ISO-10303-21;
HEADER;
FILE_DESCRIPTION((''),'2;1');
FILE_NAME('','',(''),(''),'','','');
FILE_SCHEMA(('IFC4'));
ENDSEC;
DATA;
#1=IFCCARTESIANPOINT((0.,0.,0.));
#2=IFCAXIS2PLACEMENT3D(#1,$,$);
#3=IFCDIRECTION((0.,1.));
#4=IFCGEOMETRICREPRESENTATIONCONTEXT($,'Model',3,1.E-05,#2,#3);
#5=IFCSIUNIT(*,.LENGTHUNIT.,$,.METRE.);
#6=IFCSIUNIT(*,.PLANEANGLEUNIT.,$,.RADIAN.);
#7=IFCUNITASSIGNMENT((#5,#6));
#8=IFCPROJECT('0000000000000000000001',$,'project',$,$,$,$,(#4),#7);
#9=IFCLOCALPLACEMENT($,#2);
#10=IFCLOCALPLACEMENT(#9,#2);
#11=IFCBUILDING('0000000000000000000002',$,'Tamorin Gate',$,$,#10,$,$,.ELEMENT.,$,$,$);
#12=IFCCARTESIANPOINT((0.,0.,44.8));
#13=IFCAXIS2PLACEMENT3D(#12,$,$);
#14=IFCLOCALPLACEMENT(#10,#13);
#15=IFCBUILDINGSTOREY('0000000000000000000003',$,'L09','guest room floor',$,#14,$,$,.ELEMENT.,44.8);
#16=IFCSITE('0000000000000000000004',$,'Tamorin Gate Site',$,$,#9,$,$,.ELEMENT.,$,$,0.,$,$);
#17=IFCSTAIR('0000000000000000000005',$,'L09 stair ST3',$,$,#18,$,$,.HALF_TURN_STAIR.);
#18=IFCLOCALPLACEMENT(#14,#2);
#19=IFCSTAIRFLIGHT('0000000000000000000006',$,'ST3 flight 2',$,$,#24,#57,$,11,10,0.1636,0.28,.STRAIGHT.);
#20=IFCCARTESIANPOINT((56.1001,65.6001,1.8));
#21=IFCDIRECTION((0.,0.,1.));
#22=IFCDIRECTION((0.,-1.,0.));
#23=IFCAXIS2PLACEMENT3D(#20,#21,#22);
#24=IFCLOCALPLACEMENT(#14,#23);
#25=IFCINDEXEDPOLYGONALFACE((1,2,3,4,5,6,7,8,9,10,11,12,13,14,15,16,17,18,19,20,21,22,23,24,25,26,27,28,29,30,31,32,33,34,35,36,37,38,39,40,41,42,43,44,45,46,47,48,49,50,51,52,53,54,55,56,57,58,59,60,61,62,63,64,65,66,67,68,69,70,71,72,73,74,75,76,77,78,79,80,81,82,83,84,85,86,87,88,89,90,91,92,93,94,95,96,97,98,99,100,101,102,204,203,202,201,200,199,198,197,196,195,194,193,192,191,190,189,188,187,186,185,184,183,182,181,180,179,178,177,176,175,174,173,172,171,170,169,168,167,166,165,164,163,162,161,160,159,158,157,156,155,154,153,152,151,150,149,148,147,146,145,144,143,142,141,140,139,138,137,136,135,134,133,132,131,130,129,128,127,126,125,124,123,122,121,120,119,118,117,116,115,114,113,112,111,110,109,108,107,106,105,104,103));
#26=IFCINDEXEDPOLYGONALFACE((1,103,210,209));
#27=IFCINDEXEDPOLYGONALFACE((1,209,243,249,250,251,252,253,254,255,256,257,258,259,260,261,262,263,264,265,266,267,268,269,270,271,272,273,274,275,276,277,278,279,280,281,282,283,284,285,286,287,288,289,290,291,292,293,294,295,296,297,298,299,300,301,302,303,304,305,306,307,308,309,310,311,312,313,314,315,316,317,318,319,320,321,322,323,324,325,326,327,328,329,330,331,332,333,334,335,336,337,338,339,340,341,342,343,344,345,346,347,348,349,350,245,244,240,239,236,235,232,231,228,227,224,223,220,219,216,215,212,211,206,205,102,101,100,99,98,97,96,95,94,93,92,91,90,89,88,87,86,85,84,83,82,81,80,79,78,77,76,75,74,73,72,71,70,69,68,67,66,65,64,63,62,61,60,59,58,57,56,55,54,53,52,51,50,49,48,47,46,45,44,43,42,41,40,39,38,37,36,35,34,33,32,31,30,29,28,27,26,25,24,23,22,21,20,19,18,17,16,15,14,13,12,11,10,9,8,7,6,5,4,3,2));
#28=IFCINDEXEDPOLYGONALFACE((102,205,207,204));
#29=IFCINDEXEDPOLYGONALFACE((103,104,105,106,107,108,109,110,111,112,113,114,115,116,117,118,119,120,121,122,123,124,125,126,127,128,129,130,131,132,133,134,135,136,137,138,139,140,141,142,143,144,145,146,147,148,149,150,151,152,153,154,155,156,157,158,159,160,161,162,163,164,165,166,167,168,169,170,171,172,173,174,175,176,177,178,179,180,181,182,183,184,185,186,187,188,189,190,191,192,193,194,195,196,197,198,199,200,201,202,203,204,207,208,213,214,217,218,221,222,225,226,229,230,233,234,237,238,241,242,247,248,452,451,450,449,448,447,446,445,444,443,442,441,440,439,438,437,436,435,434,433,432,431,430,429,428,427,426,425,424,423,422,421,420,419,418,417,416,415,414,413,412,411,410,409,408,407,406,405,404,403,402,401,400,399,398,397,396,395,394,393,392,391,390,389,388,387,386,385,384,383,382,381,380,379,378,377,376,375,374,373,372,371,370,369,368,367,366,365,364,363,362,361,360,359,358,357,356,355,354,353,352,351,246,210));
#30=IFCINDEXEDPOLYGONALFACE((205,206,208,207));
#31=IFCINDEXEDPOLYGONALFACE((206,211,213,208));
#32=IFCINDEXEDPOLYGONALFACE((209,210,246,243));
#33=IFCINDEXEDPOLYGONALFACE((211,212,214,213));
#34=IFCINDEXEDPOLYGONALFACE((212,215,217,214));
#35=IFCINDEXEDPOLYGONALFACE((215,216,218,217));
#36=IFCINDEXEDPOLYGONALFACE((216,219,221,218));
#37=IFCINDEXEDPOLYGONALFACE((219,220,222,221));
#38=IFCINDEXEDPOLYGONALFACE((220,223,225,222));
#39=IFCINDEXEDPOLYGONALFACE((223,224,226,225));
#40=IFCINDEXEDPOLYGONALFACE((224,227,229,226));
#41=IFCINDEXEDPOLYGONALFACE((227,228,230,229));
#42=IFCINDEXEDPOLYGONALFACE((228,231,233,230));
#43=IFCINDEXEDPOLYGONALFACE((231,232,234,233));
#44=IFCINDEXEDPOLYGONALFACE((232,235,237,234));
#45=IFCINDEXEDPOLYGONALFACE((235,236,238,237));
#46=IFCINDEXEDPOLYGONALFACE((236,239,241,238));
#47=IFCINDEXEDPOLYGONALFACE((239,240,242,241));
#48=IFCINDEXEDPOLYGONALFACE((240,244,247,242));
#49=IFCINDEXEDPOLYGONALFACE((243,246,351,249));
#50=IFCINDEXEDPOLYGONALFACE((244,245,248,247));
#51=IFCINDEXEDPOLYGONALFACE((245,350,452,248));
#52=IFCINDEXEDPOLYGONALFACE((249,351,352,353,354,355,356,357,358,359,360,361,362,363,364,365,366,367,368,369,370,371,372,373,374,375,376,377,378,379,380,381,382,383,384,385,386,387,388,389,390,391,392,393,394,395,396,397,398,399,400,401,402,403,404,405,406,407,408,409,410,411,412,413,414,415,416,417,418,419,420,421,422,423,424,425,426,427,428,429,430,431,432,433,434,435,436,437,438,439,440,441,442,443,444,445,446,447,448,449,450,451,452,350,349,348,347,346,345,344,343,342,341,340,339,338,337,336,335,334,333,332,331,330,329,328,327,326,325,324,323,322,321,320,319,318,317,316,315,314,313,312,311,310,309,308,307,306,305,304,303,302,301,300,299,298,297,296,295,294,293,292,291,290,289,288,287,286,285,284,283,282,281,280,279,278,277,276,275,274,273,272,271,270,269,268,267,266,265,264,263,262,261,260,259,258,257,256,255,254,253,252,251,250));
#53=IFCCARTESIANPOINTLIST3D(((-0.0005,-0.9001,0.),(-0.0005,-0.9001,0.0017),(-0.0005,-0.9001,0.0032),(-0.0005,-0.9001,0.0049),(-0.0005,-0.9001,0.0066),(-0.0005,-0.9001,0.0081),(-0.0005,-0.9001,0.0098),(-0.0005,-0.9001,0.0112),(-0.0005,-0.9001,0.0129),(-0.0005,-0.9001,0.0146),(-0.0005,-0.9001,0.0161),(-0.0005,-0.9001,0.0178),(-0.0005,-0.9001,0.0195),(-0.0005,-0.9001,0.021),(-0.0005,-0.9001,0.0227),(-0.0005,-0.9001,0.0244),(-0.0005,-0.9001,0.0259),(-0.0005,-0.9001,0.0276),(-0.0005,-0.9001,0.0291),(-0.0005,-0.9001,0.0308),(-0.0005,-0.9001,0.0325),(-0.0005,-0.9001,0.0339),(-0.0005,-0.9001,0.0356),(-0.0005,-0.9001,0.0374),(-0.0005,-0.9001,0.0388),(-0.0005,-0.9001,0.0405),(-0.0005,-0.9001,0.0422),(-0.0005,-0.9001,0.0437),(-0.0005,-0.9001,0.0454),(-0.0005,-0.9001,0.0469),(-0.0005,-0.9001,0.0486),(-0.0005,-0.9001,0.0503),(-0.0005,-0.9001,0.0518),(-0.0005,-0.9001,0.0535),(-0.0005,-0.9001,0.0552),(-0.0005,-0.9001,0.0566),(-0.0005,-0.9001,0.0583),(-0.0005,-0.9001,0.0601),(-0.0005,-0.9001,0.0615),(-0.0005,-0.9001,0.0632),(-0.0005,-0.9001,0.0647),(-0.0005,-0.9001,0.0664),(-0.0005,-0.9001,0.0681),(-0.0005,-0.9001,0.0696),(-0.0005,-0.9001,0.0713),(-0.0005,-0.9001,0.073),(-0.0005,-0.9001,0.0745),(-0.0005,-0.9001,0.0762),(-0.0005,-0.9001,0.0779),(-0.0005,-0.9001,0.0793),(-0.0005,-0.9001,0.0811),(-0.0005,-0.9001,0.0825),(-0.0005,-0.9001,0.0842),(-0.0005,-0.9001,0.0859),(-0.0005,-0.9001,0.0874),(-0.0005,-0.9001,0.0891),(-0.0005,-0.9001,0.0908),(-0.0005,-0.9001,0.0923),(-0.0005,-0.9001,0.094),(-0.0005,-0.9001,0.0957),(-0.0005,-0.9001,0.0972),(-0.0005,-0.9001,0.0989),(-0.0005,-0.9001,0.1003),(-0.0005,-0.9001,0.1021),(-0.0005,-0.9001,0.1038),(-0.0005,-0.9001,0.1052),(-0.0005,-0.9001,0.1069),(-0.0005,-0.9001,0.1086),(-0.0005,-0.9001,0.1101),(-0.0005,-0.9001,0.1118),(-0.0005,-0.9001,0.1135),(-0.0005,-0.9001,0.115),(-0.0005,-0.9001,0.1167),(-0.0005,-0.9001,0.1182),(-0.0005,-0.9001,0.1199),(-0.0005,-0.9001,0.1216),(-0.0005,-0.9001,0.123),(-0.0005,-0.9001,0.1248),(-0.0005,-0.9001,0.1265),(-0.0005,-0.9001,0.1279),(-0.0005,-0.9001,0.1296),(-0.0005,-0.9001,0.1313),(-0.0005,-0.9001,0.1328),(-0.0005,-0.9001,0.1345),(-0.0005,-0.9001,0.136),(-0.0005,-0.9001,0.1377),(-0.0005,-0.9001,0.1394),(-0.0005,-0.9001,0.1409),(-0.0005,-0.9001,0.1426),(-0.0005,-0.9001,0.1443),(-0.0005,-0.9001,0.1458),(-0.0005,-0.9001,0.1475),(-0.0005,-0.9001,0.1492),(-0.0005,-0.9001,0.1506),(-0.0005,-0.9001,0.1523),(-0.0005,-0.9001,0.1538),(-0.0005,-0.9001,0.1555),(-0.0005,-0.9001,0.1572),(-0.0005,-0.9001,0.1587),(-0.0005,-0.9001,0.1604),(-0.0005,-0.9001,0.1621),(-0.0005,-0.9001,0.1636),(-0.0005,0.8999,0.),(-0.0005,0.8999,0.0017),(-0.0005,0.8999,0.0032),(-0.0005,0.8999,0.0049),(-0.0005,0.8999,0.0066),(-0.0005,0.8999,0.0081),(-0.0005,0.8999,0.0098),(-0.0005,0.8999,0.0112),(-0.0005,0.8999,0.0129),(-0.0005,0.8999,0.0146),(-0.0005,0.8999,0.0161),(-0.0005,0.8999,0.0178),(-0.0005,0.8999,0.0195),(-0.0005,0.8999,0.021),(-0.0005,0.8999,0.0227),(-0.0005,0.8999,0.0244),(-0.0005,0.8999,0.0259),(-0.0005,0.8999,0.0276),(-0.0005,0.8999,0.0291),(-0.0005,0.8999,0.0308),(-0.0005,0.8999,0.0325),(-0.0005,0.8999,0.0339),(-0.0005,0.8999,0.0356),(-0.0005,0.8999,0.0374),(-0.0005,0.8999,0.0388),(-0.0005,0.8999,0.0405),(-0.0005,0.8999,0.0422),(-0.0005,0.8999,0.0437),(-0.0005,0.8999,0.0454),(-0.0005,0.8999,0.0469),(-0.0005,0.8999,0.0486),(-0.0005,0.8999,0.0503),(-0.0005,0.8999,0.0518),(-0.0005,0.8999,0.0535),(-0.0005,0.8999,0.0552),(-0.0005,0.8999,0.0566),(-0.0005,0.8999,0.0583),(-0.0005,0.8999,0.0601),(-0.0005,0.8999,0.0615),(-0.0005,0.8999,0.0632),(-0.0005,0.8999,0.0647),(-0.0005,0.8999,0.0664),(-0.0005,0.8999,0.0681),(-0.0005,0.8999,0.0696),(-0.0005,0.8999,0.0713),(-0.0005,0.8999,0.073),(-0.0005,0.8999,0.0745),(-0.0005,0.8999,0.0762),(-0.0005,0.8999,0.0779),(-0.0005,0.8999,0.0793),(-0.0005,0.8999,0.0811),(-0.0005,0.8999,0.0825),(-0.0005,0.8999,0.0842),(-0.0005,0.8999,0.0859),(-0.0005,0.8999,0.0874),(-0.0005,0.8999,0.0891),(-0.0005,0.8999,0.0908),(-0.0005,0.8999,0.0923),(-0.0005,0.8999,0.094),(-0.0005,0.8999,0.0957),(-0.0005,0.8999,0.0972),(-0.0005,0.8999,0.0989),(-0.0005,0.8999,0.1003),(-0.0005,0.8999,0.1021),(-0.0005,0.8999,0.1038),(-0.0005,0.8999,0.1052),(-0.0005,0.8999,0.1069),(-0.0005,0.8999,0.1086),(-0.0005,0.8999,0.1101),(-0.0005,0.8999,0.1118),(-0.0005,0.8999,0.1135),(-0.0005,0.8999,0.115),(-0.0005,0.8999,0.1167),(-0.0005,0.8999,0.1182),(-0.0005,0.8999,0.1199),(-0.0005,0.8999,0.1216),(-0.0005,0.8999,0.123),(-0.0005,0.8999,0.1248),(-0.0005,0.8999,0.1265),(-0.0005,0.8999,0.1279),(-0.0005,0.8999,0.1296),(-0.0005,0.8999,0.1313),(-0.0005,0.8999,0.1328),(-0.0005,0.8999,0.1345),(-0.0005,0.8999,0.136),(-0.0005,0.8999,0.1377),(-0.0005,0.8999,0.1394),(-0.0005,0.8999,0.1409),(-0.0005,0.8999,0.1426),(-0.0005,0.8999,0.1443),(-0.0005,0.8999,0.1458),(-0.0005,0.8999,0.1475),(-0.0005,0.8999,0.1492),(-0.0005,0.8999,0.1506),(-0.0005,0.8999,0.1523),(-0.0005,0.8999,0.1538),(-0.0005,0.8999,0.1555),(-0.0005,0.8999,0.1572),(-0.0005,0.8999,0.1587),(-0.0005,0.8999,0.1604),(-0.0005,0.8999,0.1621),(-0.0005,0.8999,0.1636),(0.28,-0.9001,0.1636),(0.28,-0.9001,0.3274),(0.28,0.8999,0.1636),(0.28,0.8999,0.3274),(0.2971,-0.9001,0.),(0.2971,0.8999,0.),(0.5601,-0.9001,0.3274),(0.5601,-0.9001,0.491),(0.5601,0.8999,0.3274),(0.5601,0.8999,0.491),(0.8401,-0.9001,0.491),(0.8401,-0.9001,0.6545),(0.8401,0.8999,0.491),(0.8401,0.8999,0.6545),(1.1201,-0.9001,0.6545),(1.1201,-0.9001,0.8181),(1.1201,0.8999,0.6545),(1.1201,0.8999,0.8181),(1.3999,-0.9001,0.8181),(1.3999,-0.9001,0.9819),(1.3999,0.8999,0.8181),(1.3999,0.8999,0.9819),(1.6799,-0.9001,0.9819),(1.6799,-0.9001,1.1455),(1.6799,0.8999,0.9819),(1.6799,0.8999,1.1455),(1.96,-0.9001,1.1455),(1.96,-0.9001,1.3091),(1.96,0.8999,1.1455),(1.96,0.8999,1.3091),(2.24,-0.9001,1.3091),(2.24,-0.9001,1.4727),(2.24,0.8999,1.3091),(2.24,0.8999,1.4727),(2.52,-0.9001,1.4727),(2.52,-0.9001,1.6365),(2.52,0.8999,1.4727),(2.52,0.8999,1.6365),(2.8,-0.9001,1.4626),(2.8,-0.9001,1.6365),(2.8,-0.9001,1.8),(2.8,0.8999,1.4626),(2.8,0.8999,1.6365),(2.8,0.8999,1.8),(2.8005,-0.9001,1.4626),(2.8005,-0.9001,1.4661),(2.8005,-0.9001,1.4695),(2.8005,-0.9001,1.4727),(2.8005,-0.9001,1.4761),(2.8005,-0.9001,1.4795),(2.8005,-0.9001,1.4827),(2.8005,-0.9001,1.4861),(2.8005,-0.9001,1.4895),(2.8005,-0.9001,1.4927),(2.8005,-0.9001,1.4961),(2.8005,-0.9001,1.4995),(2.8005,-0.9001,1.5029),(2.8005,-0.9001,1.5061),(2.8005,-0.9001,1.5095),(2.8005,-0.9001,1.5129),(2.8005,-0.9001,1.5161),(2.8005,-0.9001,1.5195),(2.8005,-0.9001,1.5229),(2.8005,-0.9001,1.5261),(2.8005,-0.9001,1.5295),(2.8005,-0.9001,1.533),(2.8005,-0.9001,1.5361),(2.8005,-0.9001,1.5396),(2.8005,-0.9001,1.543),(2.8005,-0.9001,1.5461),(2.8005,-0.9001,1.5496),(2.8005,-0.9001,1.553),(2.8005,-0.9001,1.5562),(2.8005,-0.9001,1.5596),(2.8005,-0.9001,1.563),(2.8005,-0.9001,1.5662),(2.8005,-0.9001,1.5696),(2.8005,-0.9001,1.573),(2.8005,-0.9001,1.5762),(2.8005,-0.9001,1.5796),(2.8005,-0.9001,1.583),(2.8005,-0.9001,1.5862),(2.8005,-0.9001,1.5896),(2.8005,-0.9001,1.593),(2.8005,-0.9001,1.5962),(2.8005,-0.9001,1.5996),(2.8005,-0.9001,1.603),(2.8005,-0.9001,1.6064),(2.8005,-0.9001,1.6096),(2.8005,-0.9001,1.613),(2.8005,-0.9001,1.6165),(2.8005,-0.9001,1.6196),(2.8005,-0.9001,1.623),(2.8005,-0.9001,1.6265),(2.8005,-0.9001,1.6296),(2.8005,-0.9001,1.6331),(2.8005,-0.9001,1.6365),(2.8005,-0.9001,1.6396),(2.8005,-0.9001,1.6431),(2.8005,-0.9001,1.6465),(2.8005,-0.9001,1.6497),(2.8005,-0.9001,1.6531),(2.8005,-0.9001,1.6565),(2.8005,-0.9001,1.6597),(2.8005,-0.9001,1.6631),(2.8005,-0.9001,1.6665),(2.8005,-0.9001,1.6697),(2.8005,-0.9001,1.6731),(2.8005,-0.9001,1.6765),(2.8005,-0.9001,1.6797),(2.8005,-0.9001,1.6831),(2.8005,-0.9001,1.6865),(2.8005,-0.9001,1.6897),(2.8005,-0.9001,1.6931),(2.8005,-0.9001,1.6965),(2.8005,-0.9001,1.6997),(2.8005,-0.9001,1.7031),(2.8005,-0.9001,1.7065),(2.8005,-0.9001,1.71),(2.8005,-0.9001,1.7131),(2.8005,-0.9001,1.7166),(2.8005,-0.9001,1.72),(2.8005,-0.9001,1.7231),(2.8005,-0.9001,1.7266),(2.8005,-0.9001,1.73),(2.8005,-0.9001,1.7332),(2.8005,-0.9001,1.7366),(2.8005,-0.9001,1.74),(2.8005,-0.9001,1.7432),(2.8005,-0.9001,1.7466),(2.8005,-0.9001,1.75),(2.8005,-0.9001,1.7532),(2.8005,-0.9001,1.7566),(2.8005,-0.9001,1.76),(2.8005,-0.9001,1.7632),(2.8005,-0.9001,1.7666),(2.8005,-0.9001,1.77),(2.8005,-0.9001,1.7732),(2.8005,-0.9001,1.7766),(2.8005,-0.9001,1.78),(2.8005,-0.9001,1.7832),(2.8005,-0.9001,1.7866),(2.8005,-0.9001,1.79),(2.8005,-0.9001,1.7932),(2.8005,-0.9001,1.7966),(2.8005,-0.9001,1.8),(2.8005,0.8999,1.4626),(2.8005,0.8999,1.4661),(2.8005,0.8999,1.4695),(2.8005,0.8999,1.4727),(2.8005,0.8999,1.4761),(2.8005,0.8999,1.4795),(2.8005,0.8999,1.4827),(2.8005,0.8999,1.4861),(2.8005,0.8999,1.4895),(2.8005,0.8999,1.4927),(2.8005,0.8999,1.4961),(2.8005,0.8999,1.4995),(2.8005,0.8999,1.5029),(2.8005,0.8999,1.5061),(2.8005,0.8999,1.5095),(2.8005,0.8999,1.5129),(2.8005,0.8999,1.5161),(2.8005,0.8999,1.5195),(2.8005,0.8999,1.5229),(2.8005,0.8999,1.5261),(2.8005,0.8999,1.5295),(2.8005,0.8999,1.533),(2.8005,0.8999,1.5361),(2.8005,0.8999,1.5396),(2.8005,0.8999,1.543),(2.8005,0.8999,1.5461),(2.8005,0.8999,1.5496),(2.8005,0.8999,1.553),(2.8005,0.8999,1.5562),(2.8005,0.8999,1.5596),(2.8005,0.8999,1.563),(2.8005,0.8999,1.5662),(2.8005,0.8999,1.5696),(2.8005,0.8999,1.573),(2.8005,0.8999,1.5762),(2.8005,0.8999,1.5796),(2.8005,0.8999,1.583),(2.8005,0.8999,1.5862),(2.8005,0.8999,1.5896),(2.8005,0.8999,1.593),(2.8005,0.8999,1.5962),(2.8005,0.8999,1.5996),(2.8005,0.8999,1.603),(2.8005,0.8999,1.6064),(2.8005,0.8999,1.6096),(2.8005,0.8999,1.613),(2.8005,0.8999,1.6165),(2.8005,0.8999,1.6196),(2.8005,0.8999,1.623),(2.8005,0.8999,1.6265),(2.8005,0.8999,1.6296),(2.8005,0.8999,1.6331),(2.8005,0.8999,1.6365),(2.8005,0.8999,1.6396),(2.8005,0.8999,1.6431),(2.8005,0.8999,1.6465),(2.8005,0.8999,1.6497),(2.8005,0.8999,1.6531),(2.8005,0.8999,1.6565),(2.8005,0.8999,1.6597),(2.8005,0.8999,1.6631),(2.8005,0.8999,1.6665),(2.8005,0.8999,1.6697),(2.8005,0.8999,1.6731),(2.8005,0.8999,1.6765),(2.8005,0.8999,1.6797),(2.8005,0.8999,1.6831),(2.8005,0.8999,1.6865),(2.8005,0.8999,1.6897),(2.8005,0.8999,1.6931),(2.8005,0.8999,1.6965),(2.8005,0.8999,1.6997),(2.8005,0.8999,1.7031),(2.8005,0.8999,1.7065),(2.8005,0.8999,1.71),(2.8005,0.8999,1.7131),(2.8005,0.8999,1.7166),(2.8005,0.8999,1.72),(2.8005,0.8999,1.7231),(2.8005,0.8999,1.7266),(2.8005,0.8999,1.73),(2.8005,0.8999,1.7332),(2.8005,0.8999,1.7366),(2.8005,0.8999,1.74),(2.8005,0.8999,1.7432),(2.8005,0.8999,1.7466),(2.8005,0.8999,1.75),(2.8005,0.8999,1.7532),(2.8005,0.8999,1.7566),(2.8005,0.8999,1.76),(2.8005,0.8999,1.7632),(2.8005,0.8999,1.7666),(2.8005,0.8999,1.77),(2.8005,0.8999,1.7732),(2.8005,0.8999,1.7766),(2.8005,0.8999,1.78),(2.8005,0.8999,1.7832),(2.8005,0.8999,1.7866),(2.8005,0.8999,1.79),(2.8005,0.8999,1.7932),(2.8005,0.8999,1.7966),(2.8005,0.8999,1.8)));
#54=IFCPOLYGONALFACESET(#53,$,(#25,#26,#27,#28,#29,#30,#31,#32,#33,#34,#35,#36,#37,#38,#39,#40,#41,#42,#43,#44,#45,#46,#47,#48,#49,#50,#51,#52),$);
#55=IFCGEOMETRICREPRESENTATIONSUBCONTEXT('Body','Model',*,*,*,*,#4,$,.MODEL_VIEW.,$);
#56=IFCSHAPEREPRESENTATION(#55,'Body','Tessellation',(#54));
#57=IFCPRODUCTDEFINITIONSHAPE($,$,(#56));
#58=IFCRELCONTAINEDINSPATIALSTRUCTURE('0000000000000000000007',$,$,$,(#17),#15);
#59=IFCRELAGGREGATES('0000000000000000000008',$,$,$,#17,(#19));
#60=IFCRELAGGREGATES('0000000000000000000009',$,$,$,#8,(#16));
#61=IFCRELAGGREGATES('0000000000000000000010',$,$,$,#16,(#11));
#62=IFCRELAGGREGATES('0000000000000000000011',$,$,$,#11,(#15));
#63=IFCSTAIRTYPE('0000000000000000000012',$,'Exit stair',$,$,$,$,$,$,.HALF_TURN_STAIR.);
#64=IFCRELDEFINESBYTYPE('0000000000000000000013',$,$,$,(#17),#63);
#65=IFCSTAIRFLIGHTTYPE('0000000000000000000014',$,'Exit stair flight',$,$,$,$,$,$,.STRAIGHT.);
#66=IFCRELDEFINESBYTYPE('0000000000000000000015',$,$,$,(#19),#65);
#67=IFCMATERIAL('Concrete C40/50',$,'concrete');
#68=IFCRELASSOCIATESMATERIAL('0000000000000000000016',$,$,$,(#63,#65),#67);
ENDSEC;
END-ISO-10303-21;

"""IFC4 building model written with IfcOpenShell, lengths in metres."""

from ifc_helpers import new_model, si_unit, direction, frame, origin, place, context, subcontext, project, spatial, polyline, outline, extrude, material, type_object, element, aggregate, save


model = new_model("IFC4")

# Units and contexts
model_context = context("Model", 3, precision=1e-05, world=origin(), true_north=direction((0.0, 1.0)))
body_context = subcontext(model_context, "Body", "Model", "MODEL_VIEW")
ifc_project = project(units=[si_unit("LENGTHUNIT", "METRE"), si_unit("PLANEANGLEUNIT", "RADIAN")], contexts=[model_context])

# Site, building, storey
site_placement = place(None, origin())
site = spatial("IfcSite", under=ifc_project, at=site_placement, Name="Tamorin Gate Site", CompositionType="ELEMENT", RefElevation=0.0)
building_placement = place(site_placement, origin())
building = spatial("IfcBuilding", under=site, at=building_placement, Name="Tamorin Gate", CompositionType="ELEMENT")
storey_placement = place(building_placement, frame((0.0, 0.0, 44.8)))
storey = spatial("IfcBuildingStorey", under=building, at=storey_placement, Name="L09", Description="guest room floor", CompositionType="ELEMENT", Elevation=44.8)

# Shared definitions
ifc_material_1 = material(Name="Concrete C40/50", Category="concrete")

# Stair, stair flight
stair_type = type_object("IfcStairType", Name="Exit stair", PredefinedType="HALF_TURN_STAIR", material=ifc_material_1)
stair_placement = place(storey_placement, origin())
stair = element("IfcStair", 1, at=stair_placement, inside=storey, type_object=stair_type, Name="L09 stair ST3", PredefinedType="HALF_TURN_STAIR")
stair_flight_type = type_object("IfcStairFlightType", Name="Exit stair flight", PredefinedType="STRAIGHT", material=ifc_material_1)
stair_flight_1_placement = place(storey_placement, frame((56.1001, 65.6001, 1.8), z_axis=(0.0, 0.0, 1.0), x_axis=(0.0, -1.0, 0.0)))
stair_flight_1 = element("IfcStairFlight", 2, at=stair_flight_1_placement, type_object=stair_flight_type, Name="ST3 flight 2", NumberOfRisers=11, NumberOfTreads=10, PredefinedType="STRAIGHT", RiserHeight=0.1636, TreadLength=0.28, context=body_context, shape_type="SweptSolid", body=[
    extrude(outline(polyline([(-0.0005, 0.0), (-0.0005, 0.0017), (-0.0005, 0.0032), (-0.0005, 0.0049), (-0.0005, 0.0066), (-0.0005, 0.0081), (-0.0005, 0.0098), (-0.0005, 0.0112), (-0.0005, 0.0129), (-0.0005, 0.0146), (-0.0005, 0.0161), (-0.0005, 0.0178), (-0.0005, 0.0195), (-0.0005, 0.021), (-0.0005, 0.0227), (-0.0005, 0.0244), (-0.0005, 0.0259), (-0.0005, 0.0276), (-0.0005, 0.0291), (-0.0005, 0.0308), (-0.0005, 0.0325), (-0.0005, 0.0339), (-0.0005, 0.0356), (-0.0005, 0.0374), (-0.0005, 0.0388), (-0.0005, 0.0405), (-0.0005, 0.0422), (-0.0005, 0.0437), (-0.0005, 0.0454), (-0.0005, 0.0469), (-0.0005, 0.0486), (-0.0005, 0.0503), (-0.0005, 0.0518), (-0.0005, 0.0535), (-0.0005, 0.0552), (-0.0005, 0.0566), (-0.0005, 0.0583), (-0.0005, 0.0601), (-0.0005, 0.0615), (-0.0005, 0.0632), (-0.0005, 0.0647), (-0.0005, 0.0664), (-0.0005, 0.0681), (-0.0005, 0.0696), (-0.0005, 0.0713), (-0.0005, 0.073), (-0.0005, 0.0745), (-0.0005, 0.0762), (-0.0005, 0.0779), (-0.0005, 0.0793), (-0.0005, 0.0811), (-0.0005, 0.0825), (-0.0005, 0.0842), (-0.0005, 0.0859), (-0.0005, 0.0874), (-0.0005, 0.0891), (-0.0005, 0.0908), (-0.0005, 0.0923), (-0.0005, 0.094), (-0.0005, 0.0957), (-0.0005, 0.0972), (-0.0005, 0.0989), (-0.0005, 0.1003), (-0.0005, 0.1021), (-0.0005, 0.1038), (-0.0005, 0.1052), (-0.0005, 0.1069), (-0.0005, 0.1086), (-0.0005, 0.1101), (-0.0005, 0.1118), (-0.0005, 0.1135), (-0.0005, 0.115), (-0.0005, 0.1167), (-0.0005, 0.1182), (-0.0005, 0.1199), (-0.0005, 0.1216), (-0.0005, 0.123), (-0.0005, 0.1248), (-0.0005, 0.1265), (-0.0005, 0.1279), (-0.0005, 0.1296), (-0.0005, 0.1313), (-0.0005, 0.1328), (-0.0005, 0.1345), (-0.0005, 0.136), (-0.0005, 0.1377), (-0.0005, 0.1394), (-0.0005, 0.1409), (-0.0005, 0.1426), (-0.0005, 0.1443), (-0.0005, 0.1458), (-0.0005, 0.1475), (-0.0005, 0.1492), (-0.0005, 0.1506), (-0.0005, 0.1523), (-0.0005, 0.1538), (-0.0005, 0.1555), (-0.0005, 0.1572), (-0.0005, 0.1587), (-0.0005, 0.1604), (-0.0005, 0.1621), (-0.0005, 0.1636), (0.28, 0.1636), (0.28, 0.3274), (0.5601, 0.3274), (0.5601, 0.491), (0.8401, 0.491), (0.8401, 0.6545), (1.1201, 0.6545), (1.1201, 0.8181), (1.3999, 0.8181), (1.3999, 0.9819), (1.6799, 0.9819), (1.6799, 1.1455), (1.96, 1.1455), (1.96, 1.3091), (2.24, 1.3091), (2.24, 1.4727), (2.52, 1.4727), (2.52, 1.6365), (2.8, 1.6365), (2.8, 1.8), (2.8005, 1.8), (2.8005, 1.7966), (2.8005, 1.7932), (2.8005, 1.79), (2.8005, 1.7866), (2.8005, 1.7832), (2.8005, 1.78), (2.8005, 1.7766), (2.8005, 1.7732), (2.8005, 1.77), (2.8005, 1.7666), (2.8005, 1.7632), (2.8005, 1.76), (2.8005, 1.7566), (2.8005, 1.7532), (2.8005, 1.75), (2.8005, 1.7466), (2.8005, 1.7432), (2.8005, 1.74), (2.8005, 1.7366), (2.8005, 1.7332), (2.8005, 1.73), (2.8005, 1.7266), (2.8005, 1.7231), (2.8005, 1.72), (2.8005, 1.7166), (2.8005, 1.7131), (2.8005, 1.71), (2.8005, 1.7065), (2.8005, 1.7031), (2.8005, 1.6997), (2.8005, 1.6965), (2.8005, 1.6931), (2.8005, 1.6897), (2.8005, 1.6865), (2.8005, 1.6831), (2.8005, 1.6797), (2.8005, 1.6765), (2.8005, 1.6731), (2.8005, 1.6697), (2.8005, 1.6665), (2.8005, 1.6631), (2.8005, 1.6597), (2.8005, 1.6565), (2.8005, 1.6531), (2.8005, 1.6497), (2.8005, 1.6465), (2.8005, 1.6431), (2.8005, 1.6396), (2.8005, 1.6365), (2.8005, 1.6331), (2.8005, 1.6296), (2.8005, 1.6265), (2.8005, 1.623), (2.8005, 1.6196), (2.8005, 1.6165), (2.8005, 1.613), (2.8005, 1.6096), (2.8005, 1.6064), (2.8005, 1.603), (2.8005, 1.5996), (2.8005, 1.5962), (2.8005, 1.593), (2.8005, 1.5896), (2.8005, 1.5862), (2.8005, 1.583), (2.8005, 1.5796), (2.8005, 1.5762), (2.8005, 1.573), (2.8005, 1.5696), (2.8005, 1.5662), (2.8005, 1.563), (2.8005, 1.5596), (2.8005, 1.5562), (2.8005, 1.553), (2.8005, 1.5496), (2.8005, 1.5461), (2.8005, 1.543), (2.8005, 1.5396), (2.8005, 1.5361), (2.8005, 1.533), (2.8005, 1.5295), (2.8005, 1.5261), (2.8005, 1.5229), (2.8005, 1.5195), (2.8005, 1.5161), (2.8005, 1.5129), (2.8005, 1.5095), (2.8005, 1.5061), (2.8005, 1.5029), (2.8005, 1.4995), (2.8005, 1.4961), (2.8005, 1.4927), (2.8005, 1.4895), (2.8005, 1.4861), (2.8005, 1.4827), (2.8005, 1.4795), (2.8005, 1.4761), (2.8005, 1.4727), (2.8005, 1.4695), (2.8005, 1.4661), (2.8005, 1.4626), (2.8, 1.4626), (0.2971, 0.0), (-0.0005, 0.0)])), frame((0.0, 0.8999, 0.0), z_axis=(0.0, -1.0, 0.0), x_axis=(1.0, 0.0, 0.0)), (0.0, 0.0, 1.0), 1.8),
])
aggregate(stair, [stair_flight_1])

save(model, "model.ifc")
